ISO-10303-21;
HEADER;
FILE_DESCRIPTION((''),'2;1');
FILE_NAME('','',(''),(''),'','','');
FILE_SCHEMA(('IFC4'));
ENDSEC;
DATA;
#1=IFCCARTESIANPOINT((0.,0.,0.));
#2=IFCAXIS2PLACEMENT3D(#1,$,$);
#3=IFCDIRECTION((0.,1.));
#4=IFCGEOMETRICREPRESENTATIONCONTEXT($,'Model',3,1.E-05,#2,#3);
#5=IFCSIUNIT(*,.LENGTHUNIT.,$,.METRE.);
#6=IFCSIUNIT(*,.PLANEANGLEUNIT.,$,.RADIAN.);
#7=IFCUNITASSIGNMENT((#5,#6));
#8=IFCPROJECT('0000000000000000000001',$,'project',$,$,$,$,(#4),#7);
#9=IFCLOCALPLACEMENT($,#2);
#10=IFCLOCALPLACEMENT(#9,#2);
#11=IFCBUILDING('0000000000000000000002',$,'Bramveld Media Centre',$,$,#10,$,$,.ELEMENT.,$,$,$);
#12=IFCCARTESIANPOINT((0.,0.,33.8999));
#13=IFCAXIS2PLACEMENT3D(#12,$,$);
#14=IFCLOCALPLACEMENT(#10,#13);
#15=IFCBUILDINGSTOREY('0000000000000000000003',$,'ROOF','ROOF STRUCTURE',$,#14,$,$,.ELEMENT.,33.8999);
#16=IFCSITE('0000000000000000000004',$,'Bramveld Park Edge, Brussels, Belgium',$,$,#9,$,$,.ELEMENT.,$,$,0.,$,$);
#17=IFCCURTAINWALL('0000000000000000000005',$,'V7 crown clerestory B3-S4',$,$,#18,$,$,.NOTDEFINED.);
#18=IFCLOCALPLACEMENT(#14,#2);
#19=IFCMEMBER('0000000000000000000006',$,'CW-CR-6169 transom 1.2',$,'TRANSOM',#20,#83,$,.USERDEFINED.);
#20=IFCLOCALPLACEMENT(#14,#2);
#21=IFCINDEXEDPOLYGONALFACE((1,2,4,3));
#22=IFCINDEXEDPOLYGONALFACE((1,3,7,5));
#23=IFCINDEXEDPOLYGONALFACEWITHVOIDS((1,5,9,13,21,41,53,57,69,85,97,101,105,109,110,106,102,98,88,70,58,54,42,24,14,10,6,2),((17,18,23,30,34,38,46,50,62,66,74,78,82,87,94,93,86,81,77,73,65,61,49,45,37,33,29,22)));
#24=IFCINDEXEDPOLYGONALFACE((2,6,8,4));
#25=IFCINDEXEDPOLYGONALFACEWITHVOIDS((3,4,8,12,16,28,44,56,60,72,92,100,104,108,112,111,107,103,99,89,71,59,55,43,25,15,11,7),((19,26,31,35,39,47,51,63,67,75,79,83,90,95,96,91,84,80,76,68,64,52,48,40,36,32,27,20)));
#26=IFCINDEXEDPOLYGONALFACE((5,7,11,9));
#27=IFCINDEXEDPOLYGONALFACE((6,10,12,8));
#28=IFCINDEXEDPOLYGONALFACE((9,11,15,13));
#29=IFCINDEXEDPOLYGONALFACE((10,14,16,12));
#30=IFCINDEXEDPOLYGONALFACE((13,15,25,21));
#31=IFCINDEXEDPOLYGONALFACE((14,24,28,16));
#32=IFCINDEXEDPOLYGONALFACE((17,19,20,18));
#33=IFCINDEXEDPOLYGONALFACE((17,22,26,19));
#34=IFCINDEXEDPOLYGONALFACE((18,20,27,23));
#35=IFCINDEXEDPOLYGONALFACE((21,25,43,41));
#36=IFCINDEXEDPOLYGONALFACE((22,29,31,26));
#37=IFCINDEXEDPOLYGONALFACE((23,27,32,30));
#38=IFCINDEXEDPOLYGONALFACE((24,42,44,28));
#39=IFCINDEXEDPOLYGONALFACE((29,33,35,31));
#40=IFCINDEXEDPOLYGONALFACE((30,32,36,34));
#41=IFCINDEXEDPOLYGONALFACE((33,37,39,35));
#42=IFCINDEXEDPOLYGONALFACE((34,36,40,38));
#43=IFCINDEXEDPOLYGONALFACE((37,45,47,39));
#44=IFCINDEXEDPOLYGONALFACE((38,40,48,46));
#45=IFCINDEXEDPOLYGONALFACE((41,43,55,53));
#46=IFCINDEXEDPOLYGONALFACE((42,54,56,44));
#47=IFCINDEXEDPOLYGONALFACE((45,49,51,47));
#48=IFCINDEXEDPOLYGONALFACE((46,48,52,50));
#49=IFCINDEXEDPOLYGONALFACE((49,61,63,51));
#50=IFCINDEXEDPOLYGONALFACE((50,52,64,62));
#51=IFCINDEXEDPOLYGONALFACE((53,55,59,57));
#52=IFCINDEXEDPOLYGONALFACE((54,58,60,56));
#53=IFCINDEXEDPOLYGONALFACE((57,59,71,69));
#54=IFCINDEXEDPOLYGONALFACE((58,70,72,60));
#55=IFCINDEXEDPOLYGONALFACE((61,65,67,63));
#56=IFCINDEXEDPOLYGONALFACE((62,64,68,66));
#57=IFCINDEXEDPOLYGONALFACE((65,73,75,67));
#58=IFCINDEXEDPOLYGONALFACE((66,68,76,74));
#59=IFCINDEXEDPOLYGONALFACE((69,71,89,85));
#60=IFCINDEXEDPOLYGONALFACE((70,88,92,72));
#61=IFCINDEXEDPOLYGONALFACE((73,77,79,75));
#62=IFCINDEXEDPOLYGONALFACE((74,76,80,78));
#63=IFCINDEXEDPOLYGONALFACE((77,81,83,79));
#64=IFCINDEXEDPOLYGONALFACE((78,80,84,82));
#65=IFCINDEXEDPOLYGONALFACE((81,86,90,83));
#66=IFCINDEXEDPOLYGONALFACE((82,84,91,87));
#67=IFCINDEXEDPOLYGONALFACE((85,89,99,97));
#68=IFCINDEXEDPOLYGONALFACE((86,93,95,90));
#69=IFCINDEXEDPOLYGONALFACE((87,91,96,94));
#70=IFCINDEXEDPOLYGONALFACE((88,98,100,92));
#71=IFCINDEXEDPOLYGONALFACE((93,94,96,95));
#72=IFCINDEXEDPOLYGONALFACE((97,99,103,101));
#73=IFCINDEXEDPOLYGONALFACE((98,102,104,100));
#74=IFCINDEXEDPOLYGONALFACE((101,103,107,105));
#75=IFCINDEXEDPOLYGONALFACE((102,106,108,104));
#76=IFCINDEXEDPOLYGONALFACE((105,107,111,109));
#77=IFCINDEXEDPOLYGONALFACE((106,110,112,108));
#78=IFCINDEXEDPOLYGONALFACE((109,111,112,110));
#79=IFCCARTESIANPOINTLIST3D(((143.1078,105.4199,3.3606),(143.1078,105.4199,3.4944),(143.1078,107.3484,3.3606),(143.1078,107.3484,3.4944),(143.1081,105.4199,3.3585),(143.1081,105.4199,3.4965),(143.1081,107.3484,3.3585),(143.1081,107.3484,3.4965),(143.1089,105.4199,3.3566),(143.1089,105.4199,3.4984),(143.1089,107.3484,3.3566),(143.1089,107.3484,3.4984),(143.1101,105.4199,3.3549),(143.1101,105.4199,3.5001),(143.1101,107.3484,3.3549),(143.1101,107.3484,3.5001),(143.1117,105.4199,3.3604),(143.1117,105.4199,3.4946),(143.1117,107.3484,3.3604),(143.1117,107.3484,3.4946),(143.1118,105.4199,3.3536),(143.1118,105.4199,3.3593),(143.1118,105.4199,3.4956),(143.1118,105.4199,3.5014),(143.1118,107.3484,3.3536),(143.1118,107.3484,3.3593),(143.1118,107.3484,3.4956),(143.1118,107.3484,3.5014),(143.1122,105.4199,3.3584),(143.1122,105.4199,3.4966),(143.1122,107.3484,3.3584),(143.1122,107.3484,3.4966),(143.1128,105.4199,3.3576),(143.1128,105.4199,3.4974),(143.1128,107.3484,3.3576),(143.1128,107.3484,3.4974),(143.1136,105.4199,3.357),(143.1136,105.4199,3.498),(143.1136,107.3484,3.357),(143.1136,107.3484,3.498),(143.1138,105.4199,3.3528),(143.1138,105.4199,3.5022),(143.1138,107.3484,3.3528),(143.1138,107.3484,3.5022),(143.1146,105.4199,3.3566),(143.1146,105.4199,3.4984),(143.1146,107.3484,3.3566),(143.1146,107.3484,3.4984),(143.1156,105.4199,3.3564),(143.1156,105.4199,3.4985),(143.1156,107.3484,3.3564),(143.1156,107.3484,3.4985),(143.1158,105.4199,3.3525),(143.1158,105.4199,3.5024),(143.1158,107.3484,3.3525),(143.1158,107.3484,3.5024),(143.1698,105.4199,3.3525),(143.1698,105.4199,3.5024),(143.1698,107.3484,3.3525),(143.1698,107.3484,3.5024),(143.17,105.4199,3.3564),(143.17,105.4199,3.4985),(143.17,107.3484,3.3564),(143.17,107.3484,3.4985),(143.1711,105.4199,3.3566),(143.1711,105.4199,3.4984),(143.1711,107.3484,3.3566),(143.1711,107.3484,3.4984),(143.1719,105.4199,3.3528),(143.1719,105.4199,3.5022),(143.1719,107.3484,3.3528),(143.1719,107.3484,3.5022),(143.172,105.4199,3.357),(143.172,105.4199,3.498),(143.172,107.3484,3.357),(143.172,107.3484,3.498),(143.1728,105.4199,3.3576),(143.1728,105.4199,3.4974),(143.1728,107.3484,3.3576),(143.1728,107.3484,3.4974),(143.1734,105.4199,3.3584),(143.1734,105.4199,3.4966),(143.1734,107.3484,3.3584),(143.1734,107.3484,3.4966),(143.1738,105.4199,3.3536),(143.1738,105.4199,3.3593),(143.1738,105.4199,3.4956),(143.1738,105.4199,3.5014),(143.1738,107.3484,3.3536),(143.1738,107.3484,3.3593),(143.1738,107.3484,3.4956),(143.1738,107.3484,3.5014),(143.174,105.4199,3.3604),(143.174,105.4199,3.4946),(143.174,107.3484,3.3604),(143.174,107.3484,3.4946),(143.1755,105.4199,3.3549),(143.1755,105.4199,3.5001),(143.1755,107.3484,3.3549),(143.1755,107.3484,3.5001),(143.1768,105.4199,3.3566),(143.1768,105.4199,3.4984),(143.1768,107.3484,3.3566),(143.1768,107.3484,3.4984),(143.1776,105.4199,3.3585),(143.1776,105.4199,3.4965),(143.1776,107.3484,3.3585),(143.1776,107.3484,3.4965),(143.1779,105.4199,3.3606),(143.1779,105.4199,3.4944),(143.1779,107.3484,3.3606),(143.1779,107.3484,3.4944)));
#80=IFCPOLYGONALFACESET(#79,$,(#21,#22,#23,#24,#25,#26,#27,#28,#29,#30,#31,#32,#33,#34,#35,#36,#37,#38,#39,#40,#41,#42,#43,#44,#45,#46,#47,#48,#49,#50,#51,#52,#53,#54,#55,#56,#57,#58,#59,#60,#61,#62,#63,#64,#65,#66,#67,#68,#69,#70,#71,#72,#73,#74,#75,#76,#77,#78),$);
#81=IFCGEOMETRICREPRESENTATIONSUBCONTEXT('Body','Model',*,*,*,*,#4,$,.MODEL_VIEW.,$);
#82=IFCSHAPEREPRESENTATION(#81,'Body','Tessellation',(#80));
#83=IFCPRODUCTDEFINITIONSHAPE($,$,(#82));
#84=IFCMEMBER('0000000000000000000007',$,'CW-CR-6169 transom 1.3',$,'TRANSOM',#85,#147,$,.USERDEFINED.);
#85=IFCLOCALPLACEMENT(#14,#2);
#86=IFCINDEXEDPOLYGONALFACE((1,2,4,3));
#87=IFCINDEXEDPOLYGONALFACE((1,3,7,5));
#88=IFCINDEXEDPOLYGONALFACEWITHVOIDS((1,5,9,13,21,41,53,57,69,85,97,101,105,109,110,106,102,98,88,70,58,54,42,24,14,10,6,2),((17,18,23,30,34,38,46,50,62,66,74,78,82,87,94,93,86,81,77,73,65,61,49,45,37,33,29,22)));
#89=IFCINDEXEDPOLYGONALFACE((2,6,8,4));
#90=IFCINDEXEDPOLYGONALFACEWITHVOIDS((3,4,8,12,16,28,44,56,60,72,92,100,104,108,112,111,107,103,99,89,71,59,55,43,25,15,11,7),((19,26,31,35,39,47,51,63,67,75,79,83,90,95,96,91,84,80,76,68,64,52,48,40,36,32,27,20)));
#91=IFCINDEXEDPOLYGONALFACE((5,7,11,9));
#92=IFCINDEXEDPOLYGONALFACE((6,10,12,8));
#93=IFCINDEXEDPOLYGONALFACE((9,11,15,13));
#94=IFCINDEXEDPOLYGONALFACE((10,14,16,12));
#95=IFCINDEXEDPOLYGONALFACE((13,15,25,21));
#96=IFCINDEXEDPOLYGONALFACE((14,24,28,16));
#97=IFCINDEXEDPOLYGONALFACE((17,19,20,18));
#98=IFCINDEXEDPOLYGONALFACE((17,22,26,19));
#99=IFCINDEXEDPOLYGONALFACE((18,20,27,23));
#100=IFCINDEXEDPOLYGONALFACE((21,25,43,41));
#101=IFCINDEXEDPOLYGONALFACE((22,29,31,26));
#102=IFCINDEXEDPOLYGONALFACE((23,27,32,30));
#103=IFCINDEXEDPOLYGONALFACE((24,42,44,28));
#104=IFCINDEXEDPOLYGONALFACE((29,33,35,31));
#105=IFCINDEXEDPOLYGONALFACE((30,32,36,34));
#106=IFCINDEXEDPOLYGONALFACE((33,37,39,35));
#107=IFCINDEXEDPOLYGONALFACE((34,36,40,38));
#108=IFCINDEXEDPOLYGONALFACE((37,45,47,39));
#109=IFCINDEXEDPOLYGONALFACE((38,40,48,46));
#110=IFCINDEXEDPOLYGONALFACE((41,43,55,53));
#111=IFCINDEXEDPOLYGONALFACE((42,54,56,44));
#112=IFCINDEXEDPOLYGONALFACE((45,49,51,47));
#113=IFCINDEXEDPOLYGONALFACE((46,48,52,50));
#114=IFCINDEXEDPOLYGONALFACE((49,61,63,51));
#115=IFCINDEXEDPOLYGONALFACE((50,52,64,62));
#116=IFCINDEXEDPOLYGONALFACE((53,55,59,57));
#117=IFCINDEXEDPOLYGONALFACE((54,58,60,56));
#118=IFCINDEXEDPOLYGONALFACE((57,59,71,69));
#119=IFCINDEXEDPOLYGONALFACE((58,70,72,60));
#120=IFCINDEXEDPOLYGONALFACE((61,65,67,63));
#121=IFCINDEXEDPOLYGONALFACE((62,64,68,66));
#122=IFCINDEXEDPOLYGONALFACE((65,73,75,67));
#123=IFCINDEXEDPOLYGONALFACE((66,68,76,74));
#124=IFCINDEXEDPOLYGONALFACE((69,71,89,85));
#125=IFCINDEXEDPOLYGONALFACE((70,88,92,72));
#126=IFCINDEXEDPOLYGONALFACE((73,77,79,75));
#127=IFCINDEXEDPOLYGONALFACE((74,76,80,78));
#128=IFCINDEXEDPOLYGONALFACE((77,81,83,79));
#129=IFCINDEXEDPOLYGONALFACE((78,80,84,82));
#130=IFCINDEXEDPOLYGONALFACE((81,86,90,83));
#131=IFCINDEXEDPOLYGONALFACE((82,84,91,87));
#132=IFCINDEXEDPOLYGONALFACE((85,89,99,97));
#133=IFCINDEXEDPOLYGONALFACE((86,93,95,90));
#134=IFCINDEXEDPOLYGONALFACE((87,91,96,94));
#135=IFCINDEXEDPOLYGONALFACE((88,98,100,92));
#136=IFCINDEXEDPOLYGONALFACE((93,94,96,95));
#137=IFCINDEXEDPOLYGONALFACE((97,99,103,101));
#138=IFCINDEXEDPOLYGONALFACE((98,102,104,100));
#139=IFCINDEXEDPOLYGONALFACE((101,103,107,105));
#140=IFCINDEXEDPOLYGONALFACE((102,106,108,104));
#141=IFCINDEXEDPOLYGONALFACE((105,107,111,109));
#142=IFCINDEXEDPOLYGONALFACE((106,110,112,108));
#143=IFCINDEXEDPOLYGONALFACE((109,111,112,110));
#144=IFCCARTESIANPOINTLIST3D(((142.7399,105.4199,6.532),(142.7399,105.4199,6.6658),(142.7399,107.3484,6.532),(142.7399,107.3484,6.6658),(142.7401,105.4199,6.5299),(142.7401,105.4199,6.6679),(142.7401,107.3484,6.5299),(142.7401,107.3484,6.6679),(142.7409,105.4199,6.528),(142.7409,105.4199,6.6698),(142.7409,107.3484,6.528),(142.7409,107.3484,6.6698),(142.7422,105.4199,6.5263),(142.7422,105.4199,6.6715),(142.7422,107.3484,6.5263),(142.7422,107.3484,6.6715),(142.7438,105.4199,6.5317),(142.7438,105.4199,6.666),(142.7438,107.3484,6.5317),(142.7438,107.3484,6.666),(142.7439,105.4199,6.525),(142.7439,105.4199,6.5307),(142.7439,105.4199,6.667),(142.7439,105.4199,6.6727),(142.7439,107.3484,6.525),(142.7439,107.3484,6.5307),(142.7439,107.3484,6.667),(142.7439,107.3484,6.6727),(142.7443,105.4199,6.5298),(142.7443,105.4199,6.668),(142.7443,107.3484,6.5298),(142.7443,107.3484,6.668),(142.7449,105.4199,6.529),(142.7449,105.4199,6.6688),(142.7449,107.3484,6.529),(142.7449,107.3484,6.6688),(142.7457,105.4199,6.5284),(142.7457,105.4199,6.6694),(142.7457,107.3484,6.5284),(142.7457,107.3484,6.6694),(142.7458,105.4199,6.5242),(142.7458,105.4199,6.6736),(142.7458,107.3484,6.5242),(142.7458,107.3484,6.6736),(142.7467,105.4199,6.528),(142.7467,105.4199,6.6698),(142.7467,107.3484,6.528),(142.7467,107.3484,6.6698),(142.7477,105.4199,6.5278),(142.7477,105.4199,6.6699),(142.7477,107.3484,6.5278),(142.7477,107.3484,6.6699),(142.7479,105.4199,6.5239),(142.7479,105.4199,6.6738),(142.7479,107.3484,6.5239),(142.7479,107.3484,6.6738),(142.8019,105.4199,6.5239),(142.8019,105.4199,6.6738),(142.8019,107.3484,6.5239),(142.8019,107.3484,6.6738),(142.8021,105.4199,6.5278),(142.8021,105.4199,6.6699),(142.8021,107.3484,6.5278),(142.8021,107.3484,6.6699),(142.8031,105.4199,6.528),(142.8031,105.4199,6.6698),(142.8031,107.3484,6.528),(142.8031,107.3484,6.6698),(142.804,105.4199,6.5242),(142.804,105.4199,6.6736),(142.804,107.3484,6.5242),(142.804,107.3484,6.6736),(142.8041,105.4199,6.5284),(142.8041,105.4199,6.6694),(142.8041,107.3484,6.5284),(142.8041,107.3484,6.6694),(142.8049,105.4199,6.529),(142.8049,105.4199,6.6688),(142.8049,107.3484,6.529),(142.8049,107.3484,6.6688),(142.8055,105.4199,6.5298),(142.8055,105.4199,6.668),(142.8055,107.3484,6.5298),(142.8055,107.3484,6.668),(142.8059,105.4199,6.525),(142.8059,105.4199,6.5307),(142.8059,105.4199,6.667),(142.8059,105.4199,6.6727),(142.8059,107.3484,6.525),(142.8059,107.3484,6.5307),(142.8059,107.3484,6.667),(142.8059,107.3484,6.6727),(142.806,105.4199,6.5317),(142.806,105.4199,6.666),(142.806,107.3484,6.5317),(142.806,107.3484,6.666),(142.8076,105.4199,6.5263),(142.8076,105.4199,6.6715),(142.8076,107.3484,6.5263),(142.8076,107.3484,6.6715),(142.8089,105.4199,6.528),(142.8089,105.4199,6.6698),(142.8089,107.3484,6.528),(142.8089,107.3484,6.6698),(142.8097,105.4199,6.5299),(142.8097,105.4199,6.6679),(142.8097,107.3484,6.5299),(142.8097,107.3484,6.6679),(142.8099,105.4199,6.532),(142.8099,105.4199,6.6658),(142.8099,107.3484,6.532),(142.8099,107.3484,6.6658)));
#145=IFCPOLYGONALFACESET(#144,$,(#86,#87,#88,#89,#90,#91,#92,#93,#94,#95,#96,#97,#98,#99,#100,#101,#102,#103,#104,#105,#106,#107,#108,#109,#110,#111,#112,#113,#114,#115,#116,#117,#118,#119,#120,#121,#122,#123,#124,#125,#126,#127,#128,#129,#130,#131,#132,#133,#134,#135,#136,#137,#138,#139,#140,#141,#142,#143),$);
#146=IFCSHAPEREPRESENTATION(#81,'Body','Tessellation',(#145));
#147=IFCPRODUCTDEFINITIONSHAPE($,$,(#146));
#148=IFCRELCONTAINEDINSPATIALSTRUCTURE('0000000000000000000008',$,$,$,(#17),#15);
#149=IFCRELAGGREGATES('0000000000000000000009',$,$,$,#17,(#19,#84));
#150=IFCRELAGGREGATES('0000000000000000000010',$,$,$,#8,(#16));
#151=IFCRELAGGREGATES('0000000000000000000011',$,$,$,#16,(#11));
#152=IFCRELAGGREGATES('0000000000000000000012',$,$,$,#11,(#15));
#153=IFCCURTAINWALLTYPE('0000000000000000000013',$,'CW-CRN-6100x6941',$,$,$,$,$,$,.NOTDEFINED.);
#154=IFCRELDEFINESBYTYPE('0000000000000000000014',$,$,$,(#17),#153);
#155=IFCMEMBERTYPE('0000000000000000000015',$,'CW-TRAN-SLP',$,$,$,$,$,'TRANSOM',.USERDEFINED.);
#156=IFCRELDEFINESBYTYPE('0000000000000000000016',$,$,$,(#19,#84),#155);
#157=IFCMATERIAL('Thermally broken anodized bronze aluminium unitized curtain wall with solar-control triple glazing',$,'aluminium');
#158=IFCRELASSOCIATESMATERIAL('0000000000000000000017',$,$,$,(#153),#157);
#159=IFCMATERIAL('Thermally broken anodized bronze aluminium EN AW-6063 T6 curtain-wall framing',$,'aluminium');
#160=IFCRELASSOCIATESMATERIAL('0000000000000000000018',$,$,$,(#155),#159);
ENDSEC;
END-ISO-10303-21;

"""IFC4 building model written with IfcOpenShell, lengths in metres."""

from ifc_helpers import new_model, si_unit, direction, frame, origin, origin_2d, place, context, subcontext, project, spatial, hollow_rectangle, extrude, material, material_profile, profile_set, type_object, element, aggregate, save


model = new_model("IFC4")

# Units and contexts
model_context = context("Model", 3, precision=1e-05, world=origin(), true_north=direction((0.0, 1.0)))
body_context = subcontext(model_context, "Body", "Model", "MODEL_VIEW")
ifc_project = project(units=[si_unit("LENGTHUNIT", "METRE"), si_unit("PLANEANGLEUNIT", "RADIAN")], contexts=[model_context])

# Site, building, storey
site_placement = place(None, origin())
site = spatial("IfcSite", under=ifc_project, at=site_placement, Name="Bramveld Park Edge, Brussels, Belgium", CompositionType="ELEMENT", RefElevation=0.0)
building_placement = place(site_placement, origin())
building = spatial("IfcBuilding", under=site, at=building_placement, Name="Bramveld Media Centre", CompositionType="ELEMENT")
storey_placement = place(building_placement, frame((0.0, 0.0, 33.8999)))
storey = spatial("IfcBuildingStorey", under=building, at=storey_placement, Name="ROOF", Description="ROOF STRUCTURE", CompositionType="ELEMENT", Elevation=33.8999)

# Curtain wall, members
ifc_material_1 = material(Name="Thermally broken anodized bronze aluminium unitized curtain wall with solar-control triple glazing", Category="aluminium")
curtain_wall_type = type_object("IfcCurtainWallType", Name="CW-CRN-6100x6941", PredefinedType="NOTDEFINED", material=ifc_material_1)
curtain_wall_1_placement = place(storey_placement, origin())
curtain_wall_1 = element("IfcCurtainWall", 1, at=curtain_wall_1_placement, inside=storey, type_object=curtain_wall_type, Name="V7 crown clerestory B3-S4", PredefinedType="NOTDEFINED")
ifc_material_2 = material(Name="Thermally broken anodized bronze aluminium EN AW-6063 T6 curtain-wall framing", Category="aluminium")
ifc_material_profile_1 = material_profile(ifc_material_2, hollow_rectangle(XDim=0.0701, YDim=0.1499, WallThickness=0.0039, InnerFilletRadius=0.0039, OuterFilletRadius=0.0081, at=origin_2d()), Name="AL-TRAN 70x150")
ifc_profile_set_1 = profile_set([ifc_material_profile_1], Name="Thermally broken anodized bronze aluminium EN AW-6063 T6 curtain-wall framing")
member_type_1 = type_object("IfcMemberType", Name="CW-TRAN-SLP", ElementType="TRANSOM", PredefinedType="USERDEFINED", material=ifc_profile_set_1)
member_1_placement = place(storey_placement, frame((143.1428, 105.4199, 3.4275), z_axis=(0.0, 1.0, 0.0), x_axis=(-1.0, 0.0, 0.0)))
member_1 = element("IfcMember", 2, at=member_1_placement, type_object=member_type_1, Name="CW-CR-6169 transom 1.2", ObjectType="TRANSOM", PredefinedType="USERDEFINED", context=body_context, shape_type="SweptSolid", body=[
    extrude(hollow_rectangle(XDim=0.0701, YDim=0.1499, WallThickness=0.0039, InnerFilletRadius=0.0039, OuterFilletRadius=0.0081, at=origin_2d()), origin(), (0.0, 0.0, 1.0), 1.9285),
])
member_2_placement = place(storey_placement, frame((142.7749, 105.4199, 6.5989), z_axis=(0.0, 1.0, 0.0), x_axis=(-1.0, 0.0, 0.0)))
member_2 = element("IfcMember", 3, at=member_2_placement, type_object=member_type_1, Name="CW-CR-6169 transom 1.3", ObjectType="TRANSOM", PredefinedType="USERDEFINED", context=body_context, shape_type="SweptSolid", body=[
    extrude(hollow_rectangle(XDim=0.0701, YDim=0.1499, WallThickness=0.0039, InnerFilletRadius=0.0039, OuterFilletRadius=0.0081, at=origin_2d()), origin(), (0.0, 0.0, 1.0), 1.9285),
])

aggregate(curtain_wall_1, [member_1, member_2])

save(model, "model.ifc")
